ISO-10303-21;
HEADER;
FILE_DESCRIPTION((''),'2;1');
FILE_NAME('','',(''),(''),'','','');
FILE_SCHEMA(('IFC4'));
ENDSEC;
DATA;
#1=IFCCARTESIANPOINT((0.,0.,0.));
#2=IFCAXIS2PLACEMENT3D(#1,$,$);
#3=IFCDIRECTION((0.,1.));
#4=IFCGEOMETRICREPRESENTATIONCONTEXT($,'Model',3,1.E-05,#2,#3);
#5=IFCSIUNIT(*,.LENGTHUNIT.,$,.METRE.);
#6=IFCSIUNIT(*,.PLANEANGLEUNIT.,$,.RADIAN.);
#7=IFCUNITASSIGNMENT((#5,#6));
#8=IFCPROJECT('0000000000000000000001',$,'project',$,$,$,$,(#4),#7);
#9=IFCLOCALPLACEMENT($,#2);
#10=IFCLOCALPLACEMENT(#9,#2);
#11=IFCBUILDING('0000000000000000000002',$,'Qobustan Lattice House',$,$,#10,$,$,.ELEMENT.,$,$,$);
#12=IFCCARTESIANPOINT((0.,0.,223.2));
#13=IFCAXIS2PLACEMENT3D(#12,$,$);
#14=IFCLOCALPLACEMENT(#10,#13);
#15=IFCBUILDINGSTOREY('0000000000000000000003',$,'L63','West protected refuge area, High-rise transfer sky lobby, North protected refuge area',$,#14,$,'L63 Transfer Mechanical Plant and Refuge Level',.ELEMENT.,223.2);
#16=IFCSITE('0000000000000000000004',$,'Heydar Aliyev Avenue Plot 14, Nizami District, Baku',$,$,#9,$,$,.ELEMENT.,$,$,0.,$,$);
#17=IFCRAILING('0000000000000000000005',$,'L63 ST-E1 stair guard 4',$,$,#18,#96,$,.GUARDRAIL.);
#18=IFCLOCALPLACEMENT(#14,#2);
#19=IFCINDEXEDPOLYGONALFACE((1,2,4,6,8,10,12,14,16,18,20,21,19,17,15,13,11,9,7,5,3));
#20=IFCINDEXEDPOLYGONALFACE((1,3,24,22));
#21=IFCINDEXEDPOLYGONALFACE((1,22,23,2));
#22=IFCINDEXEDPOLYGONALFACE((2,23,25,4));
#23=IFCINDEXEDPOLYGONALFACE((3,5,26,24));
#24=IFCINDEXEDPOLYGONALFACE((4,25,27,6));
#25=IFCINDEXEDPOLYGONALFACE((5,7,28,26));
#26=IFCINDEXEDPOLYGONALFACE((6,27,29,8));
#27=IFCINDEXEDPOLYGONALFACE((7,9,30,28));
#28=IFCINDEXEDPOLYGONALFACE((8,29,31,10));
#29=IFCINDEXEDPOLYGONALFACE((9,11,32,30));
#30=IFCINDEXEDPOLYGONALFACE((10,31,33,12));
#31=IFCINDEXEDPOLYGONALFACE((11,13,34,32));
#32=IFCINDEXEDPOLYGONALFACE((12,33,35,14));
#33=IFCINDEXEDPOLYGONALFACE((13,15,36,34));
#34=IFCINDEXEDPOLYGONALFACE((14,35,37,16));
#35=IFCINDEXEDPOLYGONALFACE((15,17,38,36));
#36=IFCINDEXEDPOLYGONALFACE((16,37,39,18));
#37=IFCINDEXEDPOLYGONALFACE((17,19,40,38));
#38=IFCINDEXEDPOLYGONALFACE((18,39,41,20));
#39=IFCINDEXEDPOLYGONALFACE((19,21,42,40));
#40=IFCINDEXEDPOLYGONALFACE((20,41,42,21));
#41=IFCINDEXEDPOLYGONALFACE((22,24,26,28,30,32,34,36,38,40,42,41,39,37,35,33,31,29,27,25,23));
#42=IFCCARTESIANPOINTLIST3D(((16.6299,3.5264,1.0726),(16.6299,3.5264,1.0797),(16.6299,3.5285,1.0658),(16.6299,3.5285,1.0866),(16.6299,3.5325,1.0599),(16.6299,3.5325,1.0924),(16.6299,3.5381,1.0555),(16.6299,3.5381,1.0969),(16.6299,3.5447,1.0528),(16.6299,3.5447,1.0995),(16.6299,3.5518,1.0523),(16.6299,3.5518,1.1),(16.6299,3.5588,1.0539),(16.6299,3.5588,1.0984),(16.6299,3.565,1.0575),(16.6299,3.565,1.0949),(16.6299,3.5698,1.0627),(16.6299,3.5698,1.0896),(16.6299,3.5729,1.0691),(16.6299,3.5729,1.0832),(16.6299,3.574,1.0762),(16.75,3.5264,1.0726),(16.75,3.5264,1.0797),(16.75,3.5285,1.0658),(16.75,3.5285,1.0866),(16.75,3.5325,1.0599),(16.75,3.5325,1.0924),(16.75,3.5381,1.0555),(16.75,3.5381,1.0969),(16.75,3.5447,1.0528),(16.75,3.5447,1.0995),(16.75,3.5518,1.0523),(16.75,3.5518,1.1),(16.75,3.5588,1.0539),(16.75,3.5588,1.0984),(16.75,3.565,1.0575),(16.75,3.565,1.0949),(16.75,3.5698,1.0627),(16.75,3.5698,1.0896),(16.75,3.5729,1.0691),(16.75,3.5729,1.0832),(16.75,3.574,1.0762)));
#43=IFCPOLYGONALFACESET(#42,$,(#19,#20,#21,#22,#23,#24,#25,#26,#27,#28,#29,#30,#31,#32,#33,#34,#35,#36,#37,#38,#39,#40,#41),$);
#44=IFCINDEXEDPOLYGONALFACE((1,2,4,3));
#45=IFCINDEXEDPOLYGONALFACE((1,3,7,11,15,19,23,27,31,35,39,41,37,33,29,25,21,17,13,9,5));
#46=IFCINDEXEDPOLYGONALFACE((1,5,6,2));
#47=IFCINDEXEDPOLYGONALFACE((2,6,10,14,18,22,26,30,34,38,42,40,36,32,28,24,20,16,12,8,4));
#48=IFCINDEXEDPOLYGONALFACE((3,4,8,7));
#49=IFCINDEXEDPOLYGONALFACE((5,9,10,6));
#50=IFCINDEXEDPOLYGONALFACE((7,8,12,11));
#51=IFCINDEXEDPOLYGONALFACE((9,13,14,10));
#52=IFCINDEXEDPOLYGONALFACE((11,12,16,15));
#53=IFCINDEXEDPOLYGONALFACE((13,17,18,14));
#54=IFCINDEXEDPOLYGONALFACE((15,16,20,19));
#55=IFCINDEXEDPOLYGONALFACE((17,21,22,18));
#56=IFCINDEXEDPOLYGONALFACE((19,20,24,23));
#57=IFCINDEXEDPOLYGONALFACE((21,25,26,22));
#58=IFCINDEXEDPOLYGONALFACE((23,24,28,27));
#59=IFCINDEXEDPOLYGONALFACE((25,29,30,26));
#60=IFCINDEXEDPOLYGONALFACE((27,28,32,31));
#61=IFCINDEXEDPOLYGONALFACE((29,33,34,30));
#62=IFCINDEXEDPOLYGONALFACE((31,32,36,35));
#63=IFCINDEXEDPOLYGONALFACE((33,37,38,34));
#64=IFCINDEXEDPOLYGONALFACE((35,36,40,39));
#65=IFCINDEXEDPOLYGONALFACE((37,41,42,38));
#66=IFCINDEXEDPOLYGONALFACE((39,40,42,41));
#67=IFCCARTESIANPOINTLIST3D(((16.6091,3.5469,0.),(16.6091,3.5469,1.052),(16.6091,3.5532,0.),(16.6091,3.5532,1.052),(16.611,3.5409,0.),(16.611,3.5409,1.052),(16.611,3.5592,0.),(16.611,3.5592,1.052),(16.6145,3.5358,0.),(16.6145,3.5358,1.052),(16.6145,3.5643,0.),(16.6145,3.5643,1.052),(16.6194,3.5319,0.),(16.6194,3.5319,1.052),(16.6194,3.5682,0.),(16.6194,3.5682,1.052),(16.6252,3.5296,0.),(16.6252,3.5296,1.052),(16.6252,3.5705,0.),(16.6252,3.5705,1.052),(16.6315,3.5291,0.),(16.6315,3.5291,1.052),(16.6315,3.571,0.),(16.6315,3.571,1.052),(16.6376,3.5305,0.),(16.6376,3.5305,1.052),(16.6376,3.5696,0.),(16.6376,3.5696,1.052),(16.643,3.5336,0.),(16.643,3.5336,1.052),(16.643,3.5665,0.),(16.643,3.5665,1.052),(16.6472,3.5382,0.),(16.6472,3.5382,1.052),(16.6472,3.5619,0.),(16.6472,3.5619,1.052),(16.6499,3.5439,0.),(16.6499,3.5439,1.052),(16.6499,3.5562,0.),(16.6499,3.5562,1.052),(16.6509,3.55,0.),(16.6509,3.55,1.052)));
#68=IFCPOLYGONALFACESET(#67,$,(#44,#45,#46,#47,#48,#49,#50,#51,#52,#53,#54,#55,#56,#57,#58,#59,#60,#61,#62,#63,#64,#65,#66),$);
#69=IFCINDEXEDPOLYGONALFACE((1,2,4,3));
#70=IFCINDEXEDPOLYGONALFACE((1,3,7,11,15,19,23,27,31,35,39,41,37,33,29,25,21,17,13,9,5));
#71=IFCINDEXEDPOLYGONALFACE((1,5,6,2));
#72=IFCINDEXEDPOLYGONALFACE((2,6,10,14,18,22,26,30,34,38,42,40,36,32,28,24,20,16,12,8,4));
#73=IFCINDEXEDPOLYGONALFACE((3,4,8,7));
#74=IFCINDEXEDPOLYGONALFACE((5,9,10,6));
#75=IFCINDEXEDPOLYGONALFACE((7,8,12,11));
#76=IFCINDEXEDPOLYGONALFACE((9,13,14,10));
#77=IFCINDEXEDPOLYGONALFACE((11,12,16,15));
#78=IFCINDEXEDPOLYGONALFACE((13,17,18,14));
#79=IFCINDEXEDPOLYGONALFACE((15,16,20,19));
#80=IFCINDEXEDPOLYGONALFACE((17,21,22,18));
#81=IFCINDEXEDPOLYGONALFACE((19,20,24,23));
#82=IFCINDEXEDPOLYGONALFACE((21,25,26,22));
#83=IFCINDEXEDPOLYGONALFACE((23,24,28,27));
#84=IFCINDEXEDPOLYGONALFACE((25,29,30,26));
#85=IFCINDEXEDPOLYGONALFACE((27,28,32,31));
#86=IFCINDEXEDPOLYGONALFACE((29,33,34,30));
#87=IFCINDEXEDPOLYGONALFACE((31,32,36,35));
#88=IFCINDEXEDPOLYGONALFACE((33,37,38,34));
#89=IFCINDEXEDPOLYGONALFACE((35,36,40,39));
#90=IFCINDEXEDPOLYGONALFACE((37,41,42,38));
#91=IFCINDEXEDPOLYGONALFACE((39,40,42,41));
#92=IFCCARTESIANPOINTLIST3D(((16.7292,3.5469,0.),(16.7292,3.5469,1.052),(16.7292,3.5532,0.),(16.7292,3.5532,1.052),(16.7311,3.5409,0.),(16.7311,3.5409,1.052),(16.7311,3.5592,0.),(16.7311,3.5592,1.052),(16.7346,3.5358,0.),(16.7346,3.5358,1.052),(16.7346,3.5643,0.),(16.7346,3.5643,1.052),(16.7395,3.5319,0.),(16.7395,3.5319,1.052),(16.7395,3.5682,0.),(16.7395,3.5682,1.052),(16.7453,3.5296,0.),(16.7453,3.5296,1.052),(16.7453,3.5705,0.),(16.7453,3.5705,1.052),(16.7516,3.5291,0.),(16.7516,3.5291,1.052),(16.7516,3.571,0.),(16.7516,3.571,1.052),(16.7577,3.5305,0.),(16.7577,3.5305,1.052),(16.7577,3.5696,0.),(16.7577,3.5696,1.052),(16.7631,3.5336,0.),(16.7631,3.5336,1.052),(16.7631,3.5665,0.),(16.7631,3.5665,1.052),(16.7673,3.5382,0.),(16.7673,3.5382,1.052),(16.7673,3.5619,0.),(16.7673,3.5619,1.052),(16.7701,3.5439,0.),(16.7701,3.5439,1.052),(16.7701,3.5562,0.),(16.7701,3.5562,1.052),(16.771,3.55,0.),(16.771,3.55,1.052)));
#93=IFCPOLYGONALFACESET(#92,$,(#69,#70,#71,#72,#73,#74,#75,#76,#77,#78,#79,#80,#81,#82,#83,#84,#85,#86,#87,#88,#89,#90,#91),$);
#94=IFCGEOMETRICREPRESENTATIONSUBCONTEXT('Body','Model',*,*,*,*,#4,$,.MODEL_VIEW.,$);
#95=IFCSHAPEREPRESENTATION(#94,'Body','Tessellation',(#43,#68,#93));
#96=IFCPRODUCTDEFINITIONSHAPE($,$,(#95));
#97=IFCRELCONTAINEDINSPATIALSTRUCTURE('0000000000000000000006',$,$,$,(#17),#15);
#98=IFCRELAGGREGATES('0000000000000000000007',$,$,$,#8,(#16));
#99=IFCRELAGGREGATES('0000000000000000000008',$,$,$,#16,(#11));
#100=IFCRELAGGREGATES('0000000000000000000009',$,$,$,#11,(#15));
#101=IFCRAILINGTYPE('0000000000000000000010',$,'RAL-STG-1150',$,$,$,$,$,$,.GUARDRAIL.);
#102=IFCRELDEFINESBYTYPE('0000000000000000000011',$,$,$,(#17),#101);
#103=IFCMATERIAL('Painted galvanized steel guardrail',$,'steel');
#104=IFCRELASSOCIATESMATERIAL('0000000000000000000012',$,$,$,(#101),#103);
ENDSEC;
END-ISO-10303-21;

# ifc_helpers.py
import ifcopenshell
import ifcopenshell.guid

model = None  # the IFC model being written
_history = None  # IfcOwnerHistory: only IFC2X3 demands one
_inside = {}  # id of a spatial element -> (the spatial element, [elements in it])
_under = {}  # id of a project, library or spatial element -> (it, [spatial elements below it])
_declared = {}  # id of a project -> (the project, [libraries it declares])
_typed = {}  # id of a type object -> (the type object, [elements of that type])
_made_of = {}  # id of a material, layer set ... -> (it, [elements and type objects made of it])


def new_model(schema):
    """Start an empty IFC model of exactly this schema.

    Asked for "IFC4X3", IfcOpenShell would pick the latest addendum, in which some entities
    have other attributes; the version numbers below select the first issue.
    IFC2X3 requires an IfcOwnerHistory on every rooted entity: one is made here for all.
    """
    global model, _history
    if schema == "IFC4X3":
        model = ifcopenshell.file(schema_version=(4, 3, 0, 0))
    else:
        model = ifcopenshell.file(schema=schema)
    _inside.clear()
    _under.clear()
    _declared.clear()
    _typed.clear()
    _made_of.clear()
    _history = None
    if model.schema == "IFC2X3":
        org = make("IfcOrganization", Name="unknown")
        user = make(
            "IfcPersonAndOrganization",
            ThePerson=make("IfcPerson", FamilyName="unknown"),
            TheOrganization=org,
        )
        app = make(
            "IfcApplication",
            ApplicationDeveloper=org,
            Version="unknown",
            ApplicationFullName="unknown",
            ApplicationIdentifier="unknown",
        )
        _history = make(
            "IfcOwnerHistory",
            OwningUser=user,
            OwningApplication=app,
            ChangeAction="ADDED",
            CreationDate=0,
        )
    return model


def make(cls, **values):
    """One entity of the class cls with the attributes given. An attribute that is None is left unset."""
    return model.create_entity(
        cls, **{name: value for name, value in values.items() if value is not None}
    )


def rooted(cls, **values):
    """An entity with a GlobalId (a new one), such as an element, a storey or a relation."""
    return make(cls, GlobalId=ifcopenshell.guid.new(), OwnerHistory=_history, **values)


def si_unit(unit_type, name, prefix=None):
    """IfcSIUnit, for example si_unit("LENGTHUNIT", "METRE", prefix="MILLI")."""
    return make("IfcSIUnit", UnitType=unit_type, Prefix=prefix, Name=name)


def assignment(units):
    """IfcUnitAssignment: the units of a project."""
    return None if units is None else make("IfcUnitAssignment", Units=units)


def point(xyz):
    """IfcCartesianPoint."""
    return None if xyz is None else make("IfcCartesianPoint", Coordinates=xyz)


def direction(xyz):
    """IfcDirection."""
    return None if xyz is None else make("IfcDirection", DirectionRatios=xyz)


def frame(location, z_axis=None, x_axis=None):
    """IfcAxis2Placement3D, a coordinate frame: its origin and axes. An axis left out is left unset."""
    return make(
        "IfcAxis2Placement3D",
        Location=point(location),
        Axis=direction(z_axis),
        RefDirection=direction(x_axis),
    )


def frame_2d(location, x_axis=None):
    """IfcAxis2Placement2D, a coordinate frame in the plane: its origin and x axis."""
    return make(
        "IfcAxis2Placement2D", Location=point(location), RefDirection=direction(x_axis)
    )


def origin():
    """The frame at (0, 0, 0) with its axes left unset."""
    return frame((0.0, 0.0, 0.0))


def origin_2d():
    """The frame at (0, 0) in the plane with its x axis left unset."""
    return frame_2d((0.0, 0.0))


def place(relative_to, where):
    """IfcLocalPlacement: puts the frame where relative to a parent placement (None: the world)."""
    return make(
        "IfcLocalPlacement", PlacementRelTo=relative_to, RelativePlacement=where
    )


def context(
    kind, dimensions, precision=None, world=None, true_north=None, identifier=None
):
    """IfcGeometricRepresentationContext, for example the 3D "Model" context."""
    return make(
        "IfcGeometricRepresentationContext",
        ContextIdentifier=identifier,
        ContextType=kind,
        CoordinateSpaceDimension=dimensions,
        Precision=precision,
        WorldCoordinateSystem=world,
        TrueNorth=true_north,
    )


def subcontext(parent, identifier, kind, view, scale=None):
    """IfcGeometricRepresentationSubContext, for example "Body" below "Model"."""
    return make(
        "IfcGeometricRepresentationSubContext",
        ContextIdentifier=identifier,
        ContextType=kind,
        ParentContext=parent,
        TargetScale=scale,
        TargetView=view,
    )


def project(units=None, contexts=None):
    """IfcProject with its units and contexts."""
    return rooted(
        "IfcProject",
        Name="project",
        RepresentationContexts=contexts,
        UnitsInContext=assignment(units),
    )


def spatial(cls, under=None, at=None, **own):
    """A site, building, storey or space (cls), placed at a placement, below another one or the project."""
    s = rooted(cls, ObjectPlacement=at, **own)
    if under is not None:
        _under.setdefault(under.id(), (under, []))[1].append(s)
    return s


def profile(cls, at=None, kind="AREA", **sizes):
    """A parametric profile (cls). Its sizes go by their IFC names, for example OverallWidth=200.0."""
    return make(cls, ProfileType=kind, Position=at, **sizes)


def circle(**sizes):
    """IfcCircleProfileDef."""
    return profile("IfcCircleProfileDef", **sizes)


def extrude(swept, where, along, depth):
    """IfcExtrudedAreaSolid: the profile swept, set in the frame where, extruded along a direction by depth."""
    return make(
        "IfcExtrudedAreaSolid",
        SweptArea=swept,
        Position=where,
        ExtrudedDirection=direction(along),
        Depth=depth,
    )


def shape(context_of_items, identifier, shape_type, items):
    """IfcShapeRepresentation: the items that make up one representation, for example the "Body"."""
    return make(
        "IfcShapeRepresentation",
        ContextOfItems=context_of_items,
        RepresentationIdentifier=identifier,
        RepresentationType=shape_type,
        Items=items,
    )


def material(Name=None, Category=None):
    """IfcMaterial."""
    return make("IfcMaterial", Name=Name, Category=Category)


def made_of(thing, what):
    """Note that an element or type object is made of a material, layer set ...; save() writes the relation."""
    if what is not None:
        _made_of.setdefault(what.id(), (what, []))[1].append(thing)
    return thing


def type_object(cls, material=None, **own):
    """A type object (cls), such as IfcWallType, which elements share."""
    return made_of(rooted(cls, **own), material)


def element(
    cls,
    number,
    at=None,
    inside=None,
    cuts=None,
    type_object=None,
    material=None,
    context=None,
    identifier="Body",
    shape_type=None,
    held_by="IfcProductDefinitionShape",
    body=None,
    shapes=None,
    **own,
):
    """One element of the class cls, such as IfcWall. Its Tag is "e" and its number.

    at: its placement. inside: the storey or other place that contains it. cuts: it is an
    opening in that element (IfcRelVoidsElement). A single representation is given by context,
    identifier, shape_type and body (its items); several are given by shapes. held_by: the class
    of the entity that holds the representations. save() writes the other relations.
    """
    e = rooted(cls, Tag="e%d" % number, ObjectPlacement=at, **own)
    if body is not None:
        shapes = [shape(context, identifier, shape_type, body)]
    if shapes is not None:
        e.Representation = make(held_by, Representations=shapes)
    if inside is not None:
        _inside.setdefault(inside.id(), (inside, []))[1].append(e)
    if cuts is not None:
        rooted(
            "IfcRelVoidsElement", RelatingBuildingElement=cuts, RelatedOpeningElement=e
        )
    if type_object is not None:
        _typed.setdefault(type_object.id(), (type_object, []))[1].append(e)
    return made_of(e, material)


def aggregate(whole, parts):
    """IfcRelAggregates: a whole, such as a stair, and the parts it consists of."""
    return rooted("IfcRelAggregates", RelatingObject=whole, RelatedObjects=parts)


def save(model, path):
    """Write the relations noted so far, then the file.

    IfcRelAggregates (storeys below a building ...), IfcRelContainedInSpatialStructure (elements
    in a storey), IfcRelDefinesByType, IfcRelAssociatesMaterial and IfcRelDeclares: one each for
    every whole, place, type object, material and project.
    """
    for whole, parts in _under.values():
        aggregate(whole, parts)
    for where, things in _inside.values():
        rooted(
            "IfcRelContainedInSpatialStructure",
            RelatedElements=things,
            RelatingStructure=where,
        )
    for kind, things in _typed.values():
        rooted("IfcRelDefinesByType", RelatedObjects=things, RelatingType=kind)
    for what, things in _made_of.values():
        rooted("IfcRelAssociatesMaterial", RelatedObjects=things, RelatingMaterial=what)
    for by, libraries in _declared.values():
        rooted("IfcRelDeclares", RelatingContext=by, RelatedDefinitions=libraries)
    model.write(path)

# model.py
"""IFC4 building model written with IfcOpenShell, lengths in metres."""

from ifc_helpers import new_model, si_unit, direction, frame, origin, origin_2d, place, context, subcontext, project, spatial, circle, extrude, material, type_object, element, save


model = new_model("IFC4")

# Units and contexts
model_context = context("Model", 3, precision=1e-05, world=origin(), true_north=direction((0.0, 1.0)))
body_context = subcontext(model_context, "Body", "Model", "MODEL_VIEW")
ifc_project = project(units=[si_unit("LENGTHUNIT", "METRE"), si_unit("PLANEANGLEUNIT", "RADIAN")], contexts=[model_context])

# Site, building, storey
site_placement = place(None, origin())
site = spatial("IfcSite", under=ifc_project, at=site_placement, Name="Heydar Aliyev Avenue Plot 14, Nizami District, Baku", CompositionType="ELEMENT", RefElevation=0.0)
building_placement = place(site_placement, origin())
building = spatial("IfcBuilding", under=site, at=building_placement, Name="Qobustan Lattice House", CompositionType="ELEMENT")
storey_placement = place(building_placement, frame((0.0, 0.0, 223.2)))
storey = spatial("IfcBuildingStorey", under=building, at=storey_placement, Name="L63", Description="West protected refuge area, High-rise transfer sky lobby, North protected refuge area", LongName="L63 Transfer Mechanical Plant and Refuge Level", CompositionType="ELEMENT", Elevation=223.2)

# Railing
ifc_material_1 = material(Name="Painted galvanized steel guardrail", Category="steel")
railing_type_1 = type_object("IfcRailingType", Name="RAL-STG-1150", PredefinedType="GUARDRAIL", material=ifc_material_1)
railing_1_placement = place(storey_placement, frame((16.6299, 3.55, 0.0)))
element("IfcRailing", 1, at=railing_1_placement, inside=storey, type_object=railing_type_1, Name="L63 ST-E1 stair guard 4", PredefinedType="GUARDRAIL", context=body_context, shape_type="SweptSolid", body=[
    extrude(circle(Radius=0.0239, at=origin_2d()), frame((0.0, 0.0, 1.0762), z_axis=(1.0, 0.0, 0.0), x_axis=(0.0, 1.0, 0.0)), (0.0, 0.0, 1.0), 0.1201),
    extrude(circle(Radius=0.021, at=origin_2d()), origin(), (0.0, 0.0, 1.0), 1.052),
    extrude(circle(Radius=0.021, at=origin_2d()), frame((0.1201, 0.0, 0.0)), (0.0, 0.0, 1.0), 1.052),
])

save(model, "model.ifc")
